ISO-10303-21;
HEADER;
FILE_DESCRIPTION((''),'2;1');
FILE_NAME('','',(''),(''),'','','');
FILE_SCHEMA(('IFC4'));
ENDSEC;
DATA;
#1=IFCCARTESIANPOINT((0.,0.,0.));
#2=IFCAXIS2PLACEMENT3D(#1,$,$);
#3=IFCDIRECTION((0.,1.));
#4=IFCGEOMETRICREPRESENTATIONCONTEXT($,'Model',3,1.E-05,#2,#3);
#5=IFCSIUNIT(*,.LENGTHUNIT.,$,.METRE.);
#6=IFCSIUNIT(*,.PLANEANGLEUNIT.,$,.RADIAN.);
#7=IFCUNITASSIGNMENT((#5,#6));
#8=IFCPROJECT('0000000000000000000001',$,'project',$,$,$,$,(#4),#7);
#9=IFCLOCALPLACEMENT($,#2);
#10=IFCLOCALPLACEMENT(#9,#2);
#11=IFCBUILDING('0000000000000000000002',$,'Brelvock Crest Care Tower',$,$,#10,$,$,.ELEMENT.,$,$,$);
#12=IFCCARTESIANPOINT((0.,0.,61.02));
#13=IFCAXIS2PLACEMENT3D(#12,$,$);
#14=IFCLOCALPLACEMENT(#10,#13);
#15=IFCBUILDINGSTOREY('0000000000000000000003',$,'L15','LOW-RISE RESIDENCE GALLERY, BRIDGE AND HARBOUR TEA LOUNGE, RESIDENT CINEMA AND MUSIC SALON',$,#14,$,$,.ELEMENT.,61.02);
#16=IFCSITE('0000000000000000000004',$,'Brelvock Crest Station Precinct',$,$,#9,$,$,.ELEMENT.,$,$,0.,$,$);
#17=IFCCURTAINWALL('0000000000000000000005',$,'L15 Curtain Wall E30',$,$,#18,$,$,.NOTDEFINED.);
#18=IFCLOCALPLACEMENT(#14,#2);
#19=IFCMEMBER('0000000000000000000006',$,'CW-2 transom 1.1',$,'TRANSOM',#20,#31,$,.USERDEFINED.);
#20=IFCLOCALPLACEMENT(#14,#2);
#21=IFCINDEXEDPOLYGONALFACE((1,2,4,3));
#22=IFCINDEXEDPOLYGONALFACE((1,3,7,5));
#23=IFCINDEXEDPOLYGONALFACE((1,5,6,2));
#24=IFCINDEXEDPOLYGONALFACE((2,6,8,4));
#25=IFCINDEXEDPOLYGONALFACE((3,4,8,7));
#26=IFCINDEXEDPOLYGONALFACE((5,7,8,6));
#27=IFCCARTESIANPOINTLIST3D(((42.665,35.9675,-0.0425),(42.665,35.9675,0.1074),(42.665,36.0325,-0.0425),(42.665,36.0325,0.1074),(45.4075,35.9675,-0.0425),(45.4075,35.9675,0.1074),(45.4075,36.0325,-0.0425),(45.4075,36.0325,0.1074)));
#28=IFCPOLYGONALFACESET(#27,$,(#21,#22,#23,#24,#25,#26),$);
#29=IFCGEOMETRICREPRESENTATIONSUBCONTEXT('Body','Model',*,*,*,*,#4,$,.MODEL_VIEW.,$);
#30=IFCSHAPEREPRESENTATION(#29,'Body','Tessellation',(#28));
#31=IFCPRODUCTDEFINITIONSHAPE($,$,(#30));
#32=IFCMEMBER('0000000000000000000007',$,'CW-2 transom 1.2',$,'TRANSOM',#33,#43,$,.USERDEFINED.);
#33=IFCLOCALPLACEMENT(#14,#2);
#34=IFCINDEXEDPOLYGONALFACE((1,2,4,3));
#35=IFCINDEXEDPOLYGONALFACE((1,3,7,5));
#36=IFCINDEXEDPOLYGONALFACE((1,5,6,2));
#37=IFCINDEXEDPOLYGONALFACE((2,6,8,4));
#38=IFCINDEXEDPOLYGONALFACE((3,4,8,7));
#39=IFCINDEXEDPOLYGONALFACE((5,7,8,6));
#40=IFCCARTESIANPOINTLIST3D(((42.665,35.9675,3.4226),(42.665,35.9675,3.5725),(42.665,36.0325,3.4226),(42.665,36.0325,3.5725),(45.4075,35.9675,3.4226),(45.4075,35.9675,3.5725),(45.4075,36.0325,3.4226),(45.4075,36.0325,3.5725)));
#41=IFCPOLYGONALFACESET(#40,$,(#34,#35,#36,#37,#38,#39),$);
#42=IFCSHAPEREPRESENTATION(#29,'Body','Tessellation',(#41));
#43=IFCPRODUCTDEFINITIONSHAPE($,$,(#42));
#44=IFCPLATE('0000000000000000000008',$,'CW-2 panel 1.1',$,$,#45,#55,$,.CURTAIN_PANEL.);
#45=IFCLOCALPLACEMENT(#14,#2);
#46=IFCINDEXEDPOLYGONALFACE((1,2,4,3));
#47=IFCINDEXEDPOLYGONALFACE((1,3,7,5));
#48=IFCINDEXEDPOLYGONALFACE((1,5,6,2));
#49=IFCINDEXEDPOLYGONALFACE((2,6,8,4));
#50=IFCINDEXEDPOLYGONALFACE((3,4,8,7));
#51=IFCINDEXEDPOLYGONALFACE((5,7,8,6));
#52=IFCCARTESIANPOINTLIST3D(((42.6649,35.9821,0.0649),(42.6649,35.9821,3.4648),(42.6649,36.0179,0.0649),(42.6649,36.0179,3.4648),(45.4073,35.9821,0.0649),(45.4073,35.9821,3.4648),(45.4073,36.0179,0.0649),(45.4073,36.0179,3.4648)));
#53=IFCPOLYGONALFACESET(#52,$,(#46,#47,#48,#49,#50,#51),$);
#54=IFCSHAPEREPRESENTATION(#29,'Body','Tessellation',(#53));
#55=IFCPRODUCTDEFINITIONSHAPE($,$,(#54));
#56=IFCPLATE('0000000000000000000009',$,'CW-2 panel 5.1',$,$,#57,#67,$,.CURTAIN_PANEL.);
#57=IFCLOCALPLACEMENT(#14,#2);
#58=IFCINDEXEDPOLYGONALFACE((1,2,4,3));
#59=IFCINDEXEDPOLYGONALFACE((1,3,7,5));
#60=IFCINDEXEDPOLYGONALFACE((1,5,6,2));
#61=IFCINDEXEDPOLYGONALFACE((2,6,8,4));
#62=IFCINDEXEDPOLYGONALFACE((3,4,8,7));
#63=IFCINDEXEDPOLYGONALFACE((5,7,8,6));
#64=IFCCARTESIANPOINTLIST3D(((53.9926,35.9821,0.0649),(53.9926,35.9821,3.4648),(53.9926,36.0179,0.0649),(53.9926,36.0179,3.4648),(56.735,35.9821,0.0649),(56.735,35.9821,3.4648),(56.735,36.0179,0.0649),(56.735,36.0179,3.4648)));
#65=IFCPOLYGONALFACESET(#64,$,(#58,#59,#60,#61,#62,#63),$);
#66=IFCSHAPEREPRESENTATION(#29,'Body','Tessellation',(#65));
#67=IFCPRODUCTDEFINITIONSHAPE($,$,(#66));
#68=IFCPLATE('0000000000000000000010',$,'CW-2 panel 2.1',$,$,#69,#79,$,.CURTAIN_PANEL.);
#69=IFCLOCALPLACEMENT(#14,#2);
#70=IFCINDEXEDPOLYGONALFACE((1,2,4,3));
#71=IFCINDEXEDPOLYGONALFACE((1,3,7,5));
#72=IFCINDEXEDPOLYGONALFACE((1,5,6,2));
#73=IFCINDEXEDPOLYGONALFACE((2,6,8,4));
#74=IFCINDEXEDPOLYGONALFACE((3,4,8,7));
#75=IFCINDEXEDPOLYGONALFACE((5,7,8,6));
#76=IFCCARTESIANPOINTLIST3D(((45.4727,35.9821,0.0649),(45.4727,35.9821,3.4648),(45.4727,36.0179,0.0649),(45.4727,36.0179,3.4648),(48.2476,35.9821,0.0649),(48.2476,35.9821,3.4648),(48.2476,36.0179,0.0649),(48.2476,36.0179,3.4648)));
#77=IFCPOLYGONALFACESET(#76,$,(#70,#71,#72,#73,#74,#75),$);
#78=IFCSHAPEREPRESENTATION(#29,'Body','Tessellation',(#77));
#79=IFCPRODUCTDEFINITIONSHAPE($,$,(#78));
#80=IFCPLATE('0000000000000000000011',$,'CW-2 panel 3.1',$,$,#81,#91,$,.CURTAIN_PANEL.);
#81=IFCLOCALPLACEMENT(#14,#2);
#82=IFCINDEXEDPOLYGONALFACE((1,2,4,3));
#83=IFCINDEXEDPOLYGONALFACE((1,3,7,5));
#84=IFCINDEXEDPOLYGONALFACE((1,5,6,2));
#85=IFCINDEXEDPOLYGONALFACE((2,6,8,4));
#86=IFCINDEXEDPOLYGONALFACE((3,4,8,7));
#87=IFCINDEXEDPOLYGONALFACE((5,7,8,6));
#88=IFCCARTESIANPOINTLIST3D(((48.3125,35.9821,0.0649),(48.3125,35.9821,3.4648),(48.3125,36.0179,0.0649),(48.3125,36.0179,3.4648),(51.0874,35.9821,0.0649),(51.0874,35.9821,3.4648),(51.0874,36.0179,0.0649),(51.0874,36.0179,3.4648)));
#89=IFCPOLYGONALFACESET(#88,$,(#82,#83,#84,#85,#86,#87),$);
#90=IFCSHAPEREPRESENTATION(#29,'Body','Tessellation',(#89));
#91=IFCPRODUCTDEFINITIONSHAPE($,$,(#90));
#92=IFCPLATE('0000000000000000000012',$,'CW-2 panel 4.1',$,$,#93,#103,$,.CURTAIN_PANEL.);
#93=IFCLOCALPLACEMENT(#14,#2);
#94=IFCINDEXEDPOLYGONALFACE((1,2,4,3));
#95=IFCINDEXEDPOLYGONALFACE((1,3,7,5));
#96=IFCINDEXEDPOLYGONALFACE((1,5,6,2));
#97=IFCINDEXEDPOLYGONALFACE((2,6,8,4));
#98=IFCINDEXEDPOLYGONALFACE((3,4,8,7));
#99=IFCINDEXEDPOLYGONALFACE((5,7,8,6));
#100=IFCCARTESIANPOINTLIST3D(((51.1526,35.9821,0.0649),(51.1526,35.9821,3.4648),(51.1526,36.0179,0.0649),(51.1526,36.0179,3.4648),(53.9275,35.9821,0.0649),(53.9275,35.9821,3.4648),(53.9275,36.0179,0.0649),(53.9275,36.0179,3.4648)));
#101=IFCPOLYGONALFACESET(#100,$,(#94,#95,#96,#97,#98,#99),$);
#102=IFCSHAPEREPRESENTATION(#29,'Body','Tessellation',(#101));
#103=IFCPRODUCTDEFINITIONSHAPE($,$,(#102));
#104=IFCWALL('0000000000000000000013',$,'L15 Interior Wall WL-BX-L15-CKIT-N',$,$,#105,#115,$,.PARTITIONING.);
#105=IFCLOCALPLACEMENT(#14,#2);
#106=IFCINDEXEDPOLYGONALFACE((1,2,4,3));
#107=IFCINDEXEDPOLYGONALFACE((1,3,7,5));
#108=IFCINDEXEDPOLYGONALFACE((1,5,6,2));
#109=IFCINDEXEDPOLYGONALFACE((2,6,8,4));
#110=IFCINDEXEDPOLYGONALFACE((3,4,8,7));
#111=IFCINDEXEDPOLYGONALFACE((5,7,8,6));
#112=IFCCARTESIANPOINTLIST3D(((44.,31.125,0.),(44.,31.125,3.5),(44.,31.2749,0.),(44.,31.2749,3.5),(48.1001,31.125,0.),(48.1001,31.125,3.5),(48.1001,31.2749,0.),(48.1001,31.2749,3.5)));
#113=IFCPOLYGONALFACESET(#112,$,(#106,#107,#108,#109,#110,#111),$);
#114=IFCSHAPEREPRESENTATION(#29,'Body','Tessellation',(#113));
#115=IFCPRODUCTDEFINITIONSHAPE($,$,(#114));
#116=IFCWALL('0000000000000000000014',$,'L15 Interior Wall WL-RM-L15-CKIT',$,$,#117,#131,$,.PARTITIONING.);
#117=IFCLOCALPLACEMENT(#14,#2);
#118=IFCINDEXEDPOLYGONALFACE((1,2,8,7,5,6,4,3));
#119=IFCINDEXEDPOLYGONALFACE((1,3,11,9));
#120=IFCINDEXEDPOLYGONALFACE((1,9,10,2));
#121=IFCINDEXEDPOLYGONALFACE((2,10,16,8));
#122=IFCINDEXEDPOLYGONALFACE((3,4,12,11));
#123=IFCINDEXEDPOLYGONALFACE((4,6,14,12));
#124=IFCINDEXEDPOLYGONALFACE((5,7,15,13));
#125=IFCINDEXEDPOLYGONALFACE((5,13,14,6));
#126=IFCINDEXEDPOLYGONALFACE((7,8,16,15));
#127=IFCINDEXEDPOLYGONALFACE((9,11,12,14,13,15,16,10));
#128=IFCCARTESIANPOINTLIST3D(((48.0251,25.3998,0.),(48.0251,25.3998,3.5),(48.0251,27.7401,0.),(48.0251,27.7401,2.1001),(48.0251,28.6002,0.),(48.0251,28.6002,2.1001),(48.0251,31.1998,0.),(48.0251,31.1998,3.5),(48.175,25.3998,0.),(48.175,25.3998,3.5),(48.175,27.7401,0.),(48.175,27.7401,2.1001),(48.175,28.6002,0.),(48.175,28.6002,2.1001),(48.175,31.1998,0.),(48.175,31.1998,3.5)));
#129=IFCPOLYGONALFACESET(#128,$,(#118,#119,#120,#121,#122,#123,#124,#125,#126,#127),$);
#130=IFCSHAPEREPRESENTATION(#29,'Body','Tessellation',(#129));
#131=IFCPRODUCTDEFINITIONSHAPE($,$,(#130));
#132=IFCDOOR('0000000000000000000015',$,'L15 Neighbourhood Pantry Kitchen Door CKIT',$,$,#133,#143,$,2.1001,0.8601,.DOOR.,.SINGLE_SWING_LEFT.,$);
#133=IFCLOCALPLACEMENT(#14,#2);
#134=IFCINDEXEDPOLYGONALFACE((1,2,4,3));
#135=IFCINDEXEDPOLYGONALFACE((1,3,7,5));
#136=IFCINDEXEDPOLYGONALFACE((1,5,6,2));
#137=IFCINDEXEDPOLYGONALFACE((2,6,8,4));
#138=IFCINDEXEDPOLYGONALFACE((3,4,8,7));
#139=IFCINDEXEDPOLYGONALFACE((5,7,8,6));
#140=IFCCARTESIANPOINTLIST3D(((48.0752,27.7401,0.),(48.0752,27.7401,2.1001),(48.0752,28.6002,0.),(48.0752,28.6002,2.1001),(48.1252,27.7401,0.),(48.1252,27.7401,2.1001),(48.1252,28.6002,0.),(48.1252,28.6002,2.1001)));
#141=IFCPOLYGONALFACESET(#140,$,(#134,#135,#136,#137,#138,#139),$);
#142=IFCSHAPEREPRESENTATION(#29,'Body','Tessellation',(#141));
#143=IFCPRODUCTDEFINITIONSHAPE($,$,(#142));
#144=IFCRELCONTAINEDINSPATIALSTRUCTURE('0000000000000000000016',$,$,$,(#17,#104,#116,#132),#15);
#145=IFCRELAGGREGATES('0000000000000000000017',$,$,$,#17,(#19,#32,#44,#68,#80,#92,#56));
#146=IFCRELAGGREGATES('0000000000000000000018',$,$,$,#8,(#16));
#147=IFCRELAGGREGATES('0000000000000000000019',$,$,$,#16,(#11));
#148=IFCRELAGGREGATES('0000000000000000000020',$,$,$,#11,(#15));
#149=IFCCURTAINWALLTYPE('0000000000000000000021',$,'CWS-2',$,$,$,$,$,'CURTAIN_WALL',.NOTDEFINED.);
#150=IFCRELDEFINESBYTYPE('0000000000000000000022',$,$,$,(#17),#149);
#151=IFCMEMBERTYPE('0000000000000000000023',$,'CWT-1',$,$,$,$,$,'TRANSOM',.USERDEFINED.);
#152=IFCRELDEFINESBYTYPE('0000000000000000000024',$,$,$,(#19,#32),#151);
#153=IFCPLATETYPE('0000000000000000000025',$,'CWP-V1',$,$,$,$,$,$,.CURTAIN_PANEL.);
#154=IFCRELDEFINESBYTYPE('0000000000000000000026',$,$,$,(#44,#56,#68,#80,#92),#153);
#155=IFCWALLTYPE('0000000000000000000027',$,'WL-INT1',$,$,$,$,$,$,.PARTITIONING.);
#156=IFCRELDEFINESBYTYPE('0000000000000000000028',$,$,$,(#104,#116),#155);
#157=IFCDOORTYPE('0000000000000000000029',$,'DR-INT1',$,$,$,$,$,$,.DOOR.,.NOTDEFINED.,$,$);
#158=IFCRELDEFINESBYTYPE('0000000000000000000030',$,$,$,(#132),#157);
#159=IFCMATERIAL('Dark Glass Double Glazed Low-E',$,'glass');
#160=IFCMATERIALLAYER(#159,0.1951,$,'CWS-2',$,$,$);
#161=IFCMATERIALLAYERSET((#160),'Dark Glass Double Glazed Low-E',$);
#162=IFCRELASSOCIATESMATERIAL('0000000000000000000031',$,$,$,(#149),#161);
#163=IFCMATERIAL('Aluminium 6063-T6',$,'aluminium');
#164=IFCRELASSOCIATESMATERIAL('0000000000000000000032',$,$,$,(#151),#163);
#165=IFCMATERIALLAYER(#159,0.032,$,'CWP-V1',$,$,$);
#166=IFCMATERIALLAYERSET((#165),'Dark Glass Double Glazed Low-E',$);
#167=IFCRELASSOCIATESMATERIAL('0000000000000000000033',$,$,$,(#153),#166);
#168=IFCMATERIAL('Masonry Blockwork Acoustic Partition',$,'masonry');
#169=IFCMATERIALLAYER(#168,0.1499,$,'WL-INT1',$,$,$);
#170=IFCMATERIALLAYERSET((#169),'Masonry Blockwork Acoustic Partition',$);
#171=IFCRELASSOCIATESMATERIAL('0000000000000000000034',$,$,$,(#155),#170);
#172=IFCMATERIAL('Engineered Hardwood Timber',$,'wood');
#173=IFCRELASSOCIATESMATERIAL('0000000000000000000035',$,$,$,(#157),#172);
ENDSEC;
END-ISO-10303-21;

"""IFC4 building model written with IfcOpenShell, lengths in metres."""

from ifc_helpers import new_model, si_unit, direction, frame, frame_2d, origin, origin_2d, place, context, subcontext, project, spatial, rectangle, extrude, source, transform, mapped, material, layer, layer_set, material_profile, profile_set, type_object, element, fill, aggregate, save


model = new_model("IFC4")

# Units and contexts
model_context = context("Model", 3, precision=1e-05, world=origin(), true_north=direction((0.0, 1.0)))
body_context = subcontext(model_context, "Body", "Model", "MODEL_VIEW")
ifc_project = project(units=[si_unit("LENGTHUNIT", "METRE"), si_unit("PLANEANGLEUNIT", "RADIAN")], contexts=[model_context])

# Site, building, storey
site_placement = place(None, origin())
site = spatial("IfcSite", under=ifc_project, at=site_placement, Name="Brelvock Crest Station Precinct", CompositionType="ELEMENT", RefElevation=0.0)
building_placement = place(site_placement, origin())
building = spatial("IfcBuilding", under=site, at=building_placement, Name="Brelvock Crest Care Tower", CompositionType="ELEMENT")
storey_placement = place(building_placement, frame((0.0, 0.0, 61.02)))
storey = spatial("IfcBuildingStorey", under=building, at=storey_placement, Name="L15", Description="LOW-RISE RESIDENCE GALLERY, BRIDGE AND HARBOUR TEA LOUNGE, RESIDENT CINEMA AND MUSIC SALON", CompositionType="ELEMENT", Elevation=61.02)

# Curtain wall, members, plates
ifc_material_1 = material(Name="Dark Glass Double Glazed Low-E", Category="glass")
ifc_layer_1 = layer(ifc_material_1, 0.1951, Name="CWS-2")
ifc_layer_set_1 = layer_set([ifc_layer_1], Name="Dark Glass Double Glazed Low-E")
curtain_wall_type = type_object("IfcCurtainWallType", Name="CWS-2", ElementType="CURTAIN_WALL", PredefinedType="NOTDEFINED", material=ifc_layer_set_1)
curtain_wall_placement = place(storey_placement, origin())
curtain_wall = element("IfcCurtainWall", 1, at=curtain_wall_placement, inside=storey, type_object=curtain_wall_type, Name="L15 Curtain Wall E30", PredefinedType="NOTDEFINED")
ifc_material_2 = material(Name="Aluminium 6063-T6", Category="aluminium")
ifc_material_profile_1 = material_profile(ifc_material_2, rectangle(XDim=0.0649, YDim=0.1499, at=origin_2d()), Name="ALU65x150")
ifc_profile_set_1 = profile_set([ifc_material_profile_1], Name="Aluminium 6063-T6")
member_type_1 = type_object("IfcMemberType", Name="CWT-1", ElementType="TRANSOM", PredefinedType="USERDEFINED", material=ifc_profile_set_1)
shared_shape_1 = source(origin(), body_context, "Body", "SweptSolid", [
    extrude(rectangle(XDim=0.0649, YDim=0.1499, at=origin_2d()), origin(), (0.0, 0.0, 1.0), 2.7424),
])
member_1_placement = place(storey_placement, frame((42.665, 36.0, 0.0325), z_axis=(1.0, 0.0, 0.0), x_axis=(0.0, 1.0, 0.0)))
member_1 = element("IfcMember", 2, at=member_1_placement, type_object=member_type_1, Name="CW-2 transom 1.1", ObjectType="TRANSOM", PredefinedType="USERDEFINED", context=body_context, shape_type="MappedRepresentation", body=[
    mapped(shared_shape_1, transform((0.0, 0.0, 0.0), x_axis=(1.0, 0.0, 0.0), y_axis=(0.0, 1.0, 0.0), z_axis=(0.0, 0.0, 1.0), scale=1.0)),
])
member_2_placement = place(storey_placement, frame((42.665, 36.0, 3.4976), z_axis=(1.0, 0.0, 0.0), x_axis=(0.0, 1.0, 0.0)))
member_2 = element("IfcMember", 3, at=member_2_placement, type_object=member_type_1, Name="CW-2 transom 1.2", ObjectType="TRANSOM", PredefinedType="USERDEFINED", context=body_context, shape_type="MappedRepresentation", body=[
    mapped(shared_shape_1, transform((0.0, 0.0, 0.0), x_axis=(1.0, 0.0, 0.0), y_axis=(0.0, 1.0, 0.0), z_axis=(0.0, 0.0, 1.0), scale=1.0)),
])
ifc_layer_2 = layer(ifc_material_1, 0.032, Name="CWP-V1")
ifc_layer_set_2 = layer_set([ifc_layer_2], Name="Dark Glass Double Glazed Low-E")
plate_type = type_object("IfcPlateType", Name="CWP-V1", PredefinedType="CURTAIN_PANEL", material=ifc_layer_set_2)
shared_shape_2 = source(origin(), body_context, "Body", "SweptSolid", [
    extrude(rectangle(XDim=2.7424, YDim=0.0359, at=origin_2d()), origin(), (0.0, 0.0, 1.0), 3.3999),
])
plate_1_placement = place(storey_placement, frame((44.0361, 36.0, 0.0649), z_axis=(0.0, 0.0, 1.0), x_axis=(1.0, 0.0, 0.0)))
plate_1 = element("IfcPlate", 4, at=plate_1_placement, type_object=plate_type, Name="CW-2 panel 1.1", PredefinedType="CURTAIN_PANEL", context=body_context, shape_type="MappedRepresentation", body=[
    mapped(shared_shape_2, transform((0.0, 0.0, 0.0), x_axis=(1.0, 0.0, 0.0), y_axis=(0.0, 1.0, 0.0), z_axis=(0.0, 0.0, 1.0), scale=1.0)),
])
plate_2_placement = place(storey_placement, frame((55.3638, 36.0, 0.0649), z_axis=(0.0, 0.0, 1.0), x_axis=(1.0, 0.0, 0.0)))
plate_2 = element("IfcPlate", 5, at=plate_2_placement, type_object=plate_type, Name="CW-2 panel 5.1", PredefinedType="CURTAIN_PANEL", context=body_context, shape_type="MappedRepresentation", body=[
    mapped(shared_shape_2, transform((0.0, 0.0, 0.0), x_axis=(1.0, 0.0, 0.0), y_axis=(0.0, 1.0, 0.0), z_axis=(0.0, 0.0, 1.0), scale=1.0)),
])
shared_shape_3 = source(origin(), body_context, "Body", "SweptSolid", [
    extrude(rectangle(XDim=2.7749, YDim=0.0359, at=origin_2d()), origin(), (0.0, 0.0, 1.0), 3.3999),
])
plate_3_placement = place(storey_placement, frame((46.8601, 36.0, 0.0649), z_axis=(0.0, 0.0, 1.0), x_axis=(1.0, 0.0, 0.0)))
plate_3 = element("IfcPlate", 6, at=plate_3_placement, type_object=plate_type, Name="CW-2 panel 2.1", PredefinedType="CURTAIN_PANEL", context=body_context, shape_type="MappedRepresentation", body=[
    mapped(shared_shape_3, transform((0.0, 0.0, 0.0), x_axis=(1.0, 0.0, 0.0), y_axis=(0.0, 1.0, 0.0), z_axis=(0.0, 0.0, 1.0), scale=1.0)),
])
plate_4_placement = place(storey_placement, frame((49.7, 36.0, 0.0649), z_axis=(0.0, 0.0, 1.0), x_axis=(1.0, 0.0, 0.0)))
plate_4 = element("IfcPlate", 7, at=plate_4_placement, type_object=plate_type, Name="CW-2 panel 3.1", PredefinedType="CURTAIN_PANEL", context=body_context, shape_type="MappedRepresentation", body=[
    mapped(shared_shape_3, transform((0.0, 0.0, 0.0), x_axis=(1.0, 0.0, 0.0), y_axis=(0.0, 1.0, 0.0), z_axis=(0.0, 0.0, 1.0), scale=1.0)),
])
plate_5_placement = place(storey_placement, frame((52.54, 36.0, 0.0649), z_axis=(0.0, 0.0, 1.0), x_axis=(1.0, 0.0, 0.0)))
plate_5 = element("IfcPlate", 8, at=plate_5_placement, type_object=plate_type, Name="CW-2 panel 4.1", PredefinedType="CURTAIN_PANEL", context=body_context, shape_type="MappedRepresentation", body=[
    mapped(shared_shape_3, transform((0.0, 0.0, 0.0), x_axis=(1.0, 0.0, 0.0), y_axis=(0.0, 1.0, 0.0), z_axis=(0.0, 0.0, 1.0), scale=1.0)),
])
aggregate(curtain_wall, [member_1, member_2, plate_1, plate_3, plate_4, plate_5, plate_2])

# Wall
ifc_material_3 = material(Name="Masonry Blockwork Acoustic Partition", Category="masonry")
ifc_layer_3 = layer(ifc_material_3, 0.1499, Name="WL-INT1")
ifc_layer_set_3 = layer_set([ifc_layer_3], Name="Masonry Blockwork Acoustic Partition")
wall_type_1 = type_object("IfcWallType", Name="WL-INT1", PredefinedType="PARTITIONING", material=ifc_layer_set_3)
wall_1_placement = place(storey_placement, frame((44.0, 31.2, 0.0), z_axis=(0.0, 0.0, 1.0), x_axis=(1.0, 0.0, 0.0)))
element("IfcWall", 9, at=wall_1_placement, inside=storey, type_object=wall_type_1, Name="L15 Interior Wall WL-BX-L15-CKIT-N", PredefinedType="PARTITIONING", context=body_context, shape_type="SweptSolid", body=[
    extrude(rectangle(XDim=4.1001, YDim=0.1499, at=frame_2d((2.05, 0.0))), origin(), (0.0, 0.0, 1.0), 3.5),
])

# Wall, opening, door
wall_2_placement = place(storey_placement, frame((48.1001, 25.3999, 0.0), z_axis=(0.0, 0.0, 1.0), x_axis=(0.0, 1.0, 0.0)))
wall_2 = element("IfcWall", 10, at=wall_2_placement, inside=storey, type_object=wall_type_1, Name="L15 Interior Wall WL-RM-L15-CKIT", PredefinedType="PARTITIONING", context=body_context, shape_type="SweptSolid", body=[
    extrude(rectangle(XDim=5.8, YDim=0.1499, at=frame_2d((2.8999, 0.0))), origin(), (0.0, 0.0, 1.0), 3.5),
])
opening_1_placement = place(wall_2_placement, frame((2.3401, 0.0, 0.0)))
opening_1 = element("IfcOpeningElement", 11, at=opening_1_placement, cuts=wall_2, PredefinedType="OPENING", context=body_context, shape_type="SweptSolid", body=[
    extrude(rectangle(XDim=0.8601, YDim=2.1001, at=origin_2d()), frame((0.4302, 0.085, 1.05), z_axis=(0.0, -1.0, 0.0), x_axis=(1.0, 0.0, 0.0)), (0.0, 0.0, 1.0), 0.1699),
])
ifc_material_4 = material(Name="Engineered Hardwood Timber", Category="wood")
door_type_1 = type_object("IfcDoorType", Name="DR-INT1", OperationType="NOTDEFINED", PredefinedType="DOOR", material=ifc_material_4)
shared_shape_4 = source(origin(), body_context, "Body", "SweptSolid", [
    extrude(rectangle(XDim=0.8601, YDim=2.1001, at=origin_2d()), frame((0.4302, 0.0249, 1.05), z_axis=(0.0, -1.0, 0.0), x_axis=(1.0, 0.0, 0.0)), (0.0, 0.0, 1.0), 0.05),
])
door_1_placement = place(opening_1_placement, origin())
door_1 = element("IfcDoor", 12, at=door_1_placement, inside=storey, type_object=door_type_1, Name="L15 Neighbourhood Pantry Kitchen Door CKIT", OperationType="SINGLE_SWING_LEFT", OverallHeight=2.1001, OverallWidth=0.8601, PredefinedType="DOOR", context=body_context, shape_type="MappedRepresentation", body=[
    mapped(shared_shape_4, transform((0.0, 0.0, 0.0), x_axis=(1.0, 0.0, 0.0), y_axis=(0.0, 1.0, 0.0), z_axis=(0.0, 0.0, 1.0), scale=1.0)),
])
fill(opening_1, door_1)

save(model, "model.ifc")
